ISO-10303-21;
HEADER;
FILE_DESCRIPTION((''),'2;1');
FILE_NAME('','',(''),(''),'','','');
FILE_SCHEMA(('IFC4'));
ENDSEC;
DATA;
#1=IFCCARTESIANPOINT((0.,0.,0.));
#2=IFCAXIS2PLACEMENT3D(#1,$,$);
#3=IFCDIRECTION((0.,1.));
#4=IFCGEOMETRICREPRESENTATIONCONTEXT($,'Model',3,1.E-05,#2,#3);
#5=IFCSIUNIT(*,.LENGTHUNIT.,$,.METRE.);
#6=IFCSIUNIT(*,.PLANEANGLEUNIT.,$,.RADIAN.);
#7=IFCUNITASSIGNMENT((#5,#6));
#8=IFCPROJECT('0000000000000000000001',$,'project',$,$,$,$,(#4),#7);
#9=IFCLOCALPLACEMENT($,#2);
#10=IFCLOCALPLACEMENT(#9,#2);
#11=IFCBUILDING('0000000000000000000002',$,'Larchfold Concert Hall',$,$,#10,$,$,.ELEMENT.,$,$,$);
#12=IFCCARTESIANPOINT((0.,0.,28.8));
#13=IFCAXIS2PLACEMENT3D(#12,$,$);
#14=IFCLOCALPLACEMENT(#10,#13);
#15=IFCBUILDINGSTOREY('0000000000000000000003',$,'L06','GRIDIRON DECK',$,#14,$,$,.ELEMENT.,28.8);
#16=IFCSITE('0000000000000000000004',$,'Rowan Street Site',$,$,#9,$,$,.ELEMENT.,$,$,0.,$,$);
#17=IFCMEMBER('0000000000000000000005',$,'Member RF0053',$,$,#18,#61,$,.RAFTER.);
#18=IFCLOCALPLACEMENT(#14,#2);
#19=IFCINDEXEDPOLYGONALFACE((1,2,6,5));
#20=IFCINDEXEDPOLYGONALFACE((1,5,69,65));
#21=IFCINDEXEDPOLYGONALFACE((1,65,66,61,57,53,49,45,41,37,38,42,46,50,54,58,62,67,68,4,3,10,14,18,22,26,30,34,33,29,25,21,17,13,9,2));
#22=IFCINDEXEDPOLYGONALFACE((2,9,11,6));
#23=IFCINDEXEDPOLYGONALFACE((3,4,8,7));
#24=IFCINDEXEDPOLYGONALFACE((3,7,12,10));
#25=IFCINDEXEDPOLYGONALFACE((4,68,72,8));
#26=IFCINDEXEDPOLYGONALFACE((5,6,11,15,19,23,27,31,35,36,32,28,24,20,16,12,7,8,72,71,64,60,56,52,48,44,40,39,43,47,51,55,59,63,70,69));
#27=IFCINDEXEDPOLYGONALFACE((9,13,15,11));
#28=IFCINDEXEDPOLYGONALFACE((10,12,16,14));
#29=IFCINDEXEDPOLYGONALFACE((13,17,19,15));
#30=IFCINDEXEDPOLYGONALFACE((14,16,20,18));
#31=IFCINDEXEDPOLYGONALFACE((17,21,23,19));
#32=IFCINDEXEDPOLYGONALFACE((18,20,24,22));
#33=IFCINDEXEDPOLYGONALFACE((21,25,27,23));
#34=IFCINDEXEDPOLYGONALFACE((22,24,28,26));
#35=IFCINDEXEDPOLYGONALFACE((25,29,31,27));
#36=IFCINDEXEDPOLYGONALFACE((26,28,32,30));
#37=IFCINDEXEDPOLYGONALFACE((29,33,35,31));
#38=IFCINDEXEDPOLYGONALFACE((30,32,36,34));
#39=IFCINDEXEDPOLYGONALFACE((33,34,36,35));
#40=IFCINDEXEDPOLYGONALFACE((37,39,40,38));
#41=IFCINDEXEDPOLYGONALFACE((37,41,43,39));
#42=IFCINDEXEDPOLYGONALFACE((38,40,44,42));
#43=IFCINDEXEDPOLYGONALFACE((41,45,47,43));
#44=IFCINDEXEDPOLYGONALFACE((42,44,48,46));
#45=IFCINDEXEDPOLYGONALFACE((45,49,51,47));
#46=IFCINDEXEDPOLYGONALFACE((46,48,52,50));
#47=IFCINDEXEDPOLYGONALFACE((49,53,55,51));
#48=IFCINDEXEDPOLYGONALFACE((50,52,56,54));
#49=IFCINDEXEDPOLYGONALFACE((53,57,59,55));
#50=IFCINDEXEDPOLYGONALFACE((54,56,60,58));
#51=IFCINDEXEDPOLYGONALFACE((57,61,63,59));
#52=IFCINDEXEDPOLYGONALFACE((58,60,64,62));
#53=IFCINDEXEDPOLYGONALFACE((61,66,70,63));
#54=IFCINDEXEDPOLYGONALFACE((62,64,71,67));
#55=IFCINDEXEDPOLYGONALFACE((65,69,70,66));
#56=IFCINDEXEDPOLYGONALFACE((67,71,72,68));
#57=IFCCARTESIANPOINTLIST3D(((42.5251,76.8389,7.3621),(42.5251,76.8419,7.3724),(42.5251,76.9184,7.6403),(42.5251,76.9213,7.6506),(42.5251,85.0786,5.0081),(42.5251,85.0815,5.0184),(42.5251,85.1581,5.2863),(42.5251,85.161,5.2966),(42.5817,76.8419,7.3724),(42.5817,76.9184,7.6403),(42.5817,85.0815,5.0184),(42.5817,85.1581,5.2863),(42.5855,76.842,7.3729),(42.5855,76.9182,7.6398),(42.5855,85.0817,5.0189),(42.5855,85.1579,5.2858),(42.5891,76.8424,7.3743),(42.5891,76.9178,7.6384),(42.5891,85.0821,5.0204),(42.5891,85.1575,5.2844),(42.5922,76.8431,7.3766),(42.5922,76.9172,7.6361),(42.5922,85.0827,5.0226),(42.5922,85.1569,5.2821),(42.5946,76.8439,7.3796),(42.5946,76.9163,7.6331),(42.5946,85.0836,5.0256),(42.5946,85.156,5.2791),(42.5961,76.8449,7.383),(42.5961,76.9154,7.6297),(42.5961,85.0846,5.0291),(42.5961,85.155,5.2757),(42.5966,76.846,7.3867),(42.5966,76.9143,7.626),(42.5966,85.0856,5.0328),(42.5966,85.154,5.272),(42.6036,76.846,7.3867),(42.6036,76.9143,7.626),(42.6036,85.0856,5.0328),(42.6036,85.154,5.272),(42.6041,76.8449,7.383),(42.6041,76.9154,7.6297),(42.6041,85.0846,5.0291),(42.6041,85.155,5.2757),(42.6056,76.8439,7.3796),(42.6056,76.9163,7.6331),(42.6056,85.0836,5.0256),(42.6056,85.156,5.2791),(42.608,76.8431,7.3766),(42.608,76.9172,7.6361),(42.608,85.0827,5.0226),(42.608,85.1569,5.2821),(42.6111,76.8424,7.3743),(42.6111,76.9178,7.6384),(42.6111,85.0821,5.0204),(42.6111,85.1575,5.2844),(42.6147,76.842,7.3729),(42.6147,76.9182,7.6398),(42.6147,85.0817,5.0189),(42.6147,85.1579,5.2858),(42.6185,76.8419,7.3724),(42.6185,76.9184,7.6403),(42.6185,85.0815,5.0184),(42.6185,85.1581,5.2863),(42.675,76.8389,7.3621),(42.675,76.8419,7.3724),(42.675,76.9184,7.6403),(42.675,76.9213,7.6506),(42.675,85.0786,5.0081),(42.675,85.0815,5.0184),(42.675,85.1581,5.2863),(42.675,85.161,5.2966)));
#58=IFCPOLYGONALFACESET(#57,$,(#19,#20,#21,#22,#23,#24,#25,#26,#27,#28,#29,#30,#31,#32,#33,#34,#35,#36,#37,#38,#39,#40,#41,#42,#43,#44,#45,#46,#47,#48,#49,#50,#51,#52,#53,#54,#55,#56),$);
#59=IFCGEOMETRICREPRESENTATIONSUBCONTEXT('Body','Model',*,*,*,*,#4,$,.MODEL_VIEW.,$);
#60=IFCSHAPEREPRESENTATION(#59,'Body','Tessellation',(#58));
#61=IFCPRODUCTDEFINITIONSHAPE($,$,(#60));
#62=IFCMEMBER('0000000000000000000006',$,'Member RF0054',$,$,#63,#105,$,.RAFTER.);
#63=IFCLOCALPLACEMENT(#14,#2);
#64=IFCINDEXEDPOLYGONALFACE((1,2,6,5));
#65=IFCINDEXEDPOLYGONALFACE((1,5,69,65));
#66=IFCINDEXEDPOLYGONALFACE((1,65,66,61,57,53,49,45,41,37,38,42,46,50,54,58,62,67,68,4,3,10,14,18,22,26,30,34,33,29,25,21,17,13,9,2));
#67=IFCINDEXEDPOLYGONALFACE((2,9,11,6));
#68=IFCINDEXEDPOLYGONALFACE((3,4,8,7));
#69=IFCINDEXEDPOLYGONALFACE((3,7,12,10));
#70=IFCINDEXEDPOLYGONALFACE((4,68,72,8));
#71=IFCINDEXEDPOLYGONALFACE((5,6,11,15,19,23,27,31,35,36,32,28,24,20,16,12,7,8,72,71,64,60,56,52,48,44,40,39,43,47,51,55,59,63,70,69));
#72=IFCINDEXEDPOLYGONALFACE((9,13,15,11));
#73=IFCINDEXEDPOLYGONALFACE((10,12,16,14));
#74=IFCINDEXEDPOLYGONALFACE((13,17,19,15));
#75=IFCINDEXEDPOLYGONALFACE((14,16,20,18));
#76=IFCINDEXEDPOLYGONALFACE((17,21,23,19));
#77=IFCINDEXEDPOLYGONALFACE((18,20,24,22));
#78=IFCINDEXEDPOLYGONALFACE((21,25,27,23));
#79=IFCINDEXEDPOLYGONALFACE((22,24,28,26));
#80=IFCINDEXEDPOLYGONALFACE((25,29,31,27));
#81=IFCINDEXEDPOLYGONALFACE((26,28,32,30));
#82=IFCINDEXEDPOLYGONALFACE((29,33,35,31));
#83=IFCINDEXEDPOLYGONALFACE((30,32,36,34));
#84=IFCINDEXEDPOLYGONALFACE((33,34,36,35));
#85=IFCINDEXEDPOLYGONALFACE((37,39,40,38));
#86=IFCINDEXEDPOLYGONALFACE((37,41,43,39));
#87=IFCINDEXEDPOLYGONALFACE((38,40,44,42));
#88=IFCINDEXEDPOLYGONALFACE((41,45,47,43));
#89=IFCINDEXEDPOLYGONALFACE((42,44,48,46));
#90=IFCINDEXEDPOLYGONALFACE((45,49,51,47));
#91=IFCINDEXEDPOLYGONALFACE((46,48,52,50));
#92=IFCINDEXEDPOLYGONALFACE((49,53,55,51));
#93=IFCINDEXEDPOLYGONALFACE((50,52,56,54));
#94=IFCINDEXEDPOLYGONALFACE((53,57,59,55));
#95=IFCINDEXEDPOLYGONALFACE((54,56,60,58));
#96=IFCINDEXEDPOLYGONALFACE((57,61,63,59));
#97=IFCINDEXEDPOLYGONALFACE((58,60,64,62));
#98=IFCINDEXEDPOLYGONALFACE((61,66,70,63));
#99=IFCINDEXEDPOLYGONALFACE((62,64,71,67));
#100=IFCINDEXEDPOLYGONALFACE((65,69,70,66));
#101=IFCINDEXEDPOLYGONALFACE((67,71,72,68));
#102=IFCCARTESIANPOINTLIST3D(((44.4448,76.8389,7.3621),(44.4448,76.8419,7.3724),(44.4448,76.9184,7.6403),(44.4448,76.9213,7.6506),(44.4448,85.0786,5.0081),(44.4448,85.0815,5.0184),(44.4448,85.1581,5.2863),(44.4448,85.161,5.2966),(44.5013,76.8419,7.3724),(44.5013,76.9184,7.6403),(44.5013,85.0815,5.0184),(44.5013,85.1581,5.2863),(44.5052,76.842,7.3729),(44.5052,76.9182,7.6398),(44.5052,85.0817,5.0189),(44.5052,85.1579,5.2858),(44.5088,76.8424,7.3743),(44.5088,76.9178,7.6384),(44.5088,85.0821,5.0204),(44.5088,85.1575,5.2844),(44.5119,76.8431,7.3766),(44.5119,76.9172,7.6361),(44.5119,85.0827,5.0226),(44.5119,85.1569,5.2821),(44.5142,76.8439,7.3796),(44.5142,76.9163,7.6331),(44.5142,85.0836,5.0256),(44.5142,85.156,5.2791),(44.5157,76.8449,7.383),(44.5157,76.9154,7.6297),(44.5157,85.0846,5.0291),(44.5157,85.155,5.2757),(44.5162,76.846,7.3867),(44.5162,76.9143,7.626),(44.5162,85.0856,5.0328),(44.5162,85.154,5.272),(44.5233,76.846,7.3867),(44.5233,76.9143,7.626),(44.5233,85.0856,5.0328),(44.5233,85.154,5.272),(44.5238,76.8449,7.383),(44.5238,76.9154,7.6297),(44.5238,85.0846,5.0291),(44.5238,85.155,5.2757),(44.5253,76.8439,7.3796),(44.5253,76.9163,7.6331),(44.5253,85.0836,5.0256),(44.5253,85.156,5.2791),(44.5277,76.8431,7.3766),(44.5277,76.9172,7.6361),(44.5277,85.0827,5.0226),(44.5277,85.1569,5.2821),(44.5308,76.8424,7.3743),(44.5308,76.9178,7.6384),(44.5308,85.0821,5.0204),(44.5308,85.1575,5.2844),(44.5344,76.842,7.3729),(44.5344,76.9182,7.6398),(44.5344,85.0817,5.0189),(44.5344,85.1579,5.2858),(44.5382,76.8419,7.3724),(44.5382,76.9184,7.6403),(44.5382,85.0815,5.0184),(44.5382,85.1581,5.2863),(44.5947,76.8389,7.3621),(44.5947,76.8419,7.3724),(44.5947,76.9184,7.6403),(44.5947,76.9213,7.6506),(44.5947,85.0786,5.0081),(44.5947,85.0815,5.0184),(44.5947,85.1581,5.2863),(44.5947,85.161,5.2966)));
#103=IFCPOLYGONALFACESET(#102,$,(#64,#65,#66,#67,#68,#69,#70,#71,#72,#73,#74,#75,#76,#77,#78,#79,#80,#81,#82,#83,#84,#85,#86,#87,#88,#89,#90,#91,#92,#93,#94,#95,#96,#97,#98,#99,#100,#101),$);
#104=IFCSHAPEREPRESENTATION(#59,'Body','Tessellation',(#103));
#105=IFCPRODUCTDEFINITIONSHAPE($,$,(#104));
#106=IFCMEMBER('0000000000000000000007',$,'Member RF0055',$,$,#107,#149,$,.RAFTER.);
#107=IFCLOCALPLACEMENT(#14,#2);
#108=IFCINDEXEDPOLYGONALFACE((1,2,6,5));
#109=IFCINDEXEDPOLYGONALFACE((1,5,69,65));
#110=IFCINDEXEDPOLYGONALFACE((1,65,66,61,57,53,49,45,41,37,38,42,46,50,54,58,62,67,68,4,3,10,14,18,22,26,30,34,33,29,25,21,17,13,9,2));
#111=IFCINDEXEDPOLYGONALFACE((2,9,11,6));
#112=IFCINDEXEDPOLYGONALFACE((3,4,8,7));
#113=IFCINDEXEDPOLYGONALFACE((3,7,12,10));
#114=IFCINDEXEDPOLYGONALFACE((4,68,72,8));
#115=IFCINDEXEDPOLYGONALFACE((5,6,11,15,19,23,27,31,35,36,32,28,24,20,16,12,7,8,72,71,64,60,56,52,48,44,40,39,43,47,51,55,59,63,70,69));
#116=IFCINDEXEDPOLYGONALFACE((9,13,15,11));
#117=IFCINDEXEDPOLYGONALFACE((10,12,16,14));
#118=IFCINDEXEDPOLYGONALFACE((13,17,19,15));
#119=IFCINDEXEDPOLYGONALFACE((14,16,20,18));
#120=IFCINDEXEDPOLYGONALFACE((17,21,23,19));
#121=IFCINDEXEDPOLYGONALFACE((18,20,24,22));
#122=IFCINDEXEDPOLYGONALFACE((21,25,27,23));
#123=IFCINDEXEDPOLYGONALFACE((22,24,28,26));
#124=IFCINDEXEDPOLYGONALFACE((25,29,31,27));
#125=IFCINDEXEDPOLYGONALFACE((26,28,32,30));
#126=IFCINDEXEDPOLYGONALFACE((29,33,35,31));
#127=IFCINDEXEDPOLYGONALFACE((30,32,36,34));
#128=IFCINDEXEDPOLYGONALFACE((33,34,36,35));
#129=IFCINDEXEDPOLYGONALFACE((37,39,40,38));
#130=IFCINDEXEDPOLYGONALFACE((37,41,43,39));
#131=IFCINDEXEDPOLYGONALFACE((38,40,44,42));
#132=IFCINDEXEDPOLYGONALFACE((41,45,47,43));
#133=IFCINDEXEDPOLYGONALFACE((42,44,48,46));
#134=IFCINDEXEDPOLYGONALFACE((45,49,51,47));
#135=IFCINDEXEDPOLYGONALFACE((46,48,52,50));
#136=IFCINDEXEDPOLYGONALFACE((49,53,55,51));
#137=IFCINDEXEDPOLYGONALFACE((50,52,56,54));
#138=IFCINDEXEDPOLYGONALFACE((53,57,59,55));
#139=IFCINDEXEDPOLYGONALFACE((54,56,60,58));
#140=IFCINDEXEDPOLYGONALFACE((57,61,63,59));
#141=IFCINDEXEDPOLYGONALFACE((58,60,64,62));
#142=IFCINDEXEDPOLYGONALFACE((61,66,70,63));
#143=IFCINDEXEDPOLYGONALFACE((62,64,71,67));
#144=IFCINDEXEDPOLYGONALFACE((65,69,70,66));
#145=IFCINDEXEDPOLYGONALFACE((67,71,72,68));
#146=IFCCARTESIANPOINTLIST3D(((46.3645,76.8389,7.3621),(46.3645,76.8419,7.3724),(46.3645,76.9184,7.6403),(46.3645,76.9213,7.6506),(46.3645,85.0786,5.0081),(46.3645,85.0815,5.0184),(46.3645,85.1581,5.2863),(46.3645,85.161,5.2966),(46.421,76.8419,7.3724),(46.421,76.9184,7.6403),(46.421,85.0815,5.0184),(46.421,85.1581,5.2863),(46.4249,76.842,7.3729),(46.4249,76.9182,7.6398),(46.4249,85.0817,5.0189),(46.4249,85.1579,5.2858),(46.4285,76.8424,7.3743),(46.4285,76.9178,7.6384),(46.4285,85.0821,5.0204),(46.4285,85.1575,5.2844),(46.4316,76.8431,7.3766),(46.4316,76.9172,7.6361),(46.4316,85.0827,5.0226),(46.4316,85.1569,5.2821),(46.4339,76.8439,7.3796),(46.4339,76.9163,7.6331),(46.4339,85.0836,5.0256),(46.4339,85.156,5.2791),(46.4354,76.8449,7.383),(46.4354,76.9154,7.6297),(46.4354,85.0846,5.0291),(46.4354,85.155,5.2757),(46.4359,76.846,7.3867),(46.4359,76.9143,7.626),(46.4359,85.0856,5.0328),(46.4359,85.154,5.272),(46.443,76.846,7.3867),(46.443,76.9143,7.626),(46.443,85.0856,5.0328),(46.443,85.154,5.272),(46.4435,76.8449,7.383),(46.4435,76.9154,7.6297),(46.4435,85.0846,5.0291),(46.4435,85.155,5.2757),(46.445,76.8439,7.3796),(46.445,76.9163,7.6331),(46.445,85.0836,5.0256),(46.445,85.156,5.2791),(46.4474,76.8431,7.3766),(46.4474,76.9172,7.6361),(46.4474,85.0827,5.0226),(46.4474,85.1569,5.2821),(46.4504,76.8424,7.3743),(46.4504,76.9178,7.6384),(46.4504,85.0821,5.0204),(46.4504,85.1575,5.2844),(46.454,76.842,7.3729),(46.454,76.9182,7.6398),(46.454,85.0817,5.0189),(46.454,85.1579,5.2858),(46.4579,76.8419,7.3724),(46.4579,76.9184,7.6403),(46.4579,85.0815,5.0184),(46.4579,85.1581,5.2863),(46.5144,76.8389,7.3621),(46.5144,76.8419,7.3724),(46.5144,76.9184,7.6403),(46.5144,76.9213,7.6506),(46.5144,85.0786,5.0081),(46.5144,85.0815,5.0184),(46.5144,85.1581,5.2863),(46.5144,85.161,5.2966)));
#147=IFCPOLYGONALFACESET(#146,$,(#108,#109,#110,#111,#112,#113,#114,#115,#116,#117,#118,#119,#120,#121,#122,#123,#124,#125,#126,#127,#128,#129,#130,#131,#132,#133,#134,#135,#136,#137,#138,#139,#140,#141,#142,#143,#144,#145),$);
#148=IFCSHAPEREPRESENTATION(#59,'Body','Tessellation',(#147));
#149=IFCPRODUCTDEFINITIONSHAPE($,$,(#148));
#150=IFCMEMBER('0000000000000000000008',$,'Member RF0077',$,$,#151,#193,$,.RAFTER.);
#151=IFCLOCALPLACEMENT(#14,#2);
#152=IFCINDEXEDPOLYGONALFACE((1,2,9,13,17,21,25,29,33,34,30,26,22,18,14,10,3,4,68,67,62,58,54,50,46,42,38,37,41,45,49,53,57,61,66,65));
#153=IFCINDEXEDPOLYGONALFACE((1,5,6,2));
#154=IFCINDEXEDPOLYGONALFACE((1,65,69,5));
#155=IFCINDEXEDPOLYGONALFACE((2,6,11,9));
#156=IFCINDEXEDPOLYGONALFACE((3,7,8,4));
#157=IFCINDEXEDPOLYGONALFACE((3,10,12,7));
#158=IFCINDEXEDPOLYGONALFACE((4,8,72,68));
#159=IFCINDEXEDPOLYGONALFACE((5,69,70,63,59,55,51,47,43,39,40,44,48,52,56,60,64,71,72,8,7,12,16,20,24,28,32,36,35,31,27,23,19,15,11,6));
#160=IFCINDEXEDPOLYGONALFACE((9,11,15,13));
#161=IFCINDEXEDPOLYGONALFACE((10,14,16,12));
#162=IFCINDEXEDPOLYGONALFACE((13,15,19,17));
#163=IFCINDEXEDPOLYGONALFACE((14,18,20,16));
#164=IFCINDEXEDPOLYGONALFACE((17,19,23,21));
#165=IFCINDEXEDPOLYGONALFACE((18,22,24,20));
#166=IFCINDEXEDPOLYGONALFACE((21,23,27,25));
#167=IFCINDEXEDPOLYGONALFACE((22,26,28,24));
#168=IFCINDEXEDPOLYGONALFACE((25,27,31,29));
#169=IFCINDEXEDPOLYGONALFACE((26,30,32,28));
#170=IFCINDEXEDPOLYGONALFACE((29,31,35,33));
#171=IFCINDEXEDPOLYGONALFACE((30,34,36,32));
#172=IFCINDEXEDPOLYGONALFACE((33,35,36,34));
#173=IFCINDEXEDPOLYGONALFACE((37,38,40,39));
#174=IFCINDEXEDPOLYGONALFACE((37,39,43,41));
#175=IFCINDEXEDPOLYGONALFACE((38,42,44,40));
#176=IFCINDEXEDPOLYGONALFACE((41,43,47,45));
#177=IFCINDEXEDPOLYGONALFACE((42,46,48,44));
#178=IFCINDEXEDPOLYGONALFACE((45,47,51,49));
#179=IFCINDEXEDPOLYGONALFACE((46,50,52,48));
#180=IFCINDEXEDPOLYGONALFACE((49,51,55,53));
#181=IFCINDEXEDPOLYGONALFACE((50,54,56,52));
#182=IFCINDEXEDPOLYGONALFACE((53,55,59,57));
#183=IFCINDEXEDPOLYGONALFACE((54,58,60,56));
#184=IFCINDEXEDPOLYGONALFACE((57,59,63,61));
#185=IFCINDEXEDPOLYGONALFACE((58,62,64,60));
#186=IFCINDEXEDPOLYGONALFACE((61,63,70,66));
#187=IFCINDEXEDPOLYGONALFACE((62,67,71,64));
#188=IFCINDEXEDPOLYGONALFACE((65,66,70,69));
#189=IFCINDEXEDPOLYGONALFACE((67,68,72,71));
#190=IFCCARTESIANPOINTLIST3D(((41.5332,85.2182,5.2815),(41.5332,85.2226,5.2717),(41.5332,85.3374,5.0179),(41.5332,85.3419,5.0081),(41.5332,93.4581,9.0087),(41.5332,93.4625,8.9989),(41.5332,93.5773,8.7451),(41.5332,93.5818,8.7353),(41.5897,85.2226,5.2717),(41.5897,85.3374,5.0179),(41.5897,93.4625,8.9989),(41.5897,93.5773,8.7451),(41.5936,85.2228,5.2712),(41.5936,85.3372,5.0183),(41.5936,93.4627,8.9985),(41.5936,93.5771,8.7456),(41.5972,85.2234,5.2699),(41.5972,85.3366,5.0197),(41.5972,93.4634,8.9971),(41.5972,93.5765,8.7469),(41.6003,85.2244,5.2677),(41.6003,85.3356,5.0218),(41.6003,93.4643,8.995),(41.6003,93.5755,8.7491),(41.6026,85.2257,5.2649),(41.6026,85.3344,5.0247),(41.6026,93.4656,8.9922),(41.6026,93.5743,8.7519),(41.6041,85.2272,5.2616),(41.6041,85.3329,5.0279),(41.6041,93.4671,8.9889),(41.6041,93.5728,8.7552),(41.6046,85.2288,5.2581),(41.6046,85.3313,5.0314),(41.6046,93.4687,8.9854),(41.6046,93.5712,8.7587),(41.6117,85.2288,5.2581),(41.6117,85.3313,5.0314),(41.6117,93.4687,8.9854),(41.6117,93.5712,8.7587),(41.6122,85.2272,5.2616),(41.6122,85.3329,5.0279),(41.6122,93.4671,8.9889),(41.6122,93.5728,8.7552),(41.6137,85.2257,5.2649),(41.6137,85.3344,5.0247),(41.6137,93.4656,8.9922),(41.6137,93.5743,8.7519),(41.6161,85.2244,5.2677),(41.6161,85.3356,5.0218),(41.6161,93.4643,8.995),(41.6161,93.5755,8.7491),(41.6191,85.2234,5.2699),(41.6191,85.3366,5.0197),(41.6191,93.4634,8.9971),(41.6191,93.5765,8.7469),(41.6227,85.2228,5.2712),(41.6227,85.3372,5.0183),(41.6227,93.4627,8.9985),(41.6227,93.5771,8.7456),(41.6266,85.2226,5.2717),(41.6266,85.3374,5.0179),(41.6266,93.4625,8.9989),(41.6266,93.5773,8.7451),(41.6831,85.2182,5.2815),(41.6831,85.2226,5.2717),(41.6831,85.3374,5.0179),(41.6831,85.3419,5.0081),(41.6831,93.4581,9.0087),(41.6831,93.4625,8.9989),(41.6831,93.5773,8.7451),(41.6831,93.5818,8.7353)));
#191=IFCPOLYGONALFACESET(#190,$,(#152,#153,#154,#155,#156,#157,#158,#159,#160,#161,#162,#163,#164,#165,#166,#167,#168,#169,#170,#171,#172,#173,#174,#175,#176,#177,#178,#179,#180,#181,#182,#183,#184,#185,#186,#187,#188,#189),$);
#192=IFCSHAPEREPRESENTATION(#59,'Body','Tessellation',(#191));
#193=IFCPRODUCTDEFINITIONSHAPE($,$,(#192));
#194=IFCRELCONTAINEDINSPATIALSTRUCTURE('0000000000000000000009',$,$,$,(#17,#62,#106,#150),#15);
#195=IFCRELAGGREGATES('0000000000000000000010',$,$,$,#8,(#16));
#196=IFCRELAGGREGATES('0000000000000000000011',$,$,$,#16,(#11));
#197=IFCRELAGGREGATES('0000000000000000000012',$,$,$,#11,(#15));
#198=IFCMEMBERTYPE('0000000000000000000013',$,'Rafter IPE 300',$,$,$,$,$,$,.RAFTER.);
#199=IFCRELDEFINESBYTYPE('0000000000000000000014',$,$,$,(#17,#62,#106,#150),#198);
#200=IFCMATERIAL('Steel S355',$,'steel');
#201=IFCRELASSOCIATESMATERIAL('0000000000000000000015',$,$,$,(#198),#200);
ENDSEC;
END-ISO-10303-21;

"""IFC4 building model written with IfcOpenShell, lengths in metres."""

from ifc_helpers import new_model, si_unit, direction, frame, origin, origin_2d, place, context, subcontext, project, spatial, i_section, extrude, material, material_profile, profile_set, type_object, element, save


model = new_model("IFC4")

# Units and contexts
model_context = context("Model", 3, precision=1e-05, world=origin(), true_north=direction((0.0, 1.0)))
body_context = subcontext(model_context, "Body", "Model", "MODEL_VIEW")
ifc_project = project(units=[si_unit("LENGTHUNIT", "METRE"), si_unit("PLANEANGLEUNIT", "RADIAN")], contexts=[model_context])

# Site, building, storey
site_placement = place(None, origin())
site = spatial("IfcSite", under=ifc_project, at=site_placement, Name="Rowan Street Site", CompositionType="ELEMENT", RefElevation=0.0)
building_placement = place(site_placement, origin())
building = spatial("IfcBuilding", under=site, at=building_placement, Name="Larchfold Concert Hall", CompositionType="ELEMENT")
storey_placement = place(building_placement, frame((0.0, 0.0, 28.8)))
storey = spatial("IfcBuildingStorey", under=building, at=storey_placement, Name="L06", Description="GRIDIRON DECK", CompositionType="ELEMENT", Elevation=28.8)

# Members
ifc_material_1 = material(Name="Steel S355", Category="steel")
ifc_material_profile_1 = material_profile(ifc_material_1, i_section(OverallWidth=0.1499, OverallDepth=0.3, WebThickness=0.0071, FlangeThickness=0.0107, FilletRadius=0.0149, at=origin_2d()))
ifc_profile_set_1 = profile_set([ifc_material_profile_1], Name="Steel S355")
member_type_1 = type_object("IfcMemberType", Name="Rafter IPE 300", PredefinedType="RAFTER", material=ifc_profile_set_1)
for number, where, z_axis, x_axis, name in (
    (1, (42.6001, 76.8801, 7.5063), (0.0, 0.96153, -0.274699), (-1.0, 0.0, 0.0), "Member RF0053"),
    (2, (44.5198, 76.8801, 7.5063), (0.0, 0.96153, -0.274699), (-1.0, 0.0, 0.0), "Member RF0054"),
    (3, (46.4395, 76.8801, 7.5063), (0.0, 0.96153, -0.274699), (-1.0, 0.0, 0.0), "Member RF0055"),
):
    element("IfcMember", number, at=place(storey_placement, frame(where, z_axis=z_axis, x_axis=x_axis)), inside=storey, type_object=member_type_1, Name=name, PredefinedType="RAFTER", context=body_context, shape_type="SweptSolid", body=[
        extrude(i_section(OverallWidth=0.1499, OverallDepth=0.3, WebThickness=0.0071, FlangeThickness=0.0107, FilletRadius=0.0149, at=origin_2d()), origin(), (0.0, 0.0, 1.0), 8.5693),
    ])
member_placement = place(storey_placement, frame((41.6082, 85.28, 5.1448), z_axis=(0.0, 0.911121, 0.412139), x_axis=(-1.0, 0.0, 0.0)))
element("IfcMember", 4, at=member_placement, inside=storey, type_object=member_type_1, Name="Member RF0077", PredefinedType="RAFTER", context=body_context, shape_type="SweptSolid", body=[
    extrude(i_section(OverallWidth=0.1499, OverallDepth=0.3, WebThickness=0.0071, FlangeThickness=0.0107, FilletRadius=0.0149, at=origin_2d()), origin(), (0.0, 0.0, 1.0), 9.0437),
])

save(model, "model.ifc")
